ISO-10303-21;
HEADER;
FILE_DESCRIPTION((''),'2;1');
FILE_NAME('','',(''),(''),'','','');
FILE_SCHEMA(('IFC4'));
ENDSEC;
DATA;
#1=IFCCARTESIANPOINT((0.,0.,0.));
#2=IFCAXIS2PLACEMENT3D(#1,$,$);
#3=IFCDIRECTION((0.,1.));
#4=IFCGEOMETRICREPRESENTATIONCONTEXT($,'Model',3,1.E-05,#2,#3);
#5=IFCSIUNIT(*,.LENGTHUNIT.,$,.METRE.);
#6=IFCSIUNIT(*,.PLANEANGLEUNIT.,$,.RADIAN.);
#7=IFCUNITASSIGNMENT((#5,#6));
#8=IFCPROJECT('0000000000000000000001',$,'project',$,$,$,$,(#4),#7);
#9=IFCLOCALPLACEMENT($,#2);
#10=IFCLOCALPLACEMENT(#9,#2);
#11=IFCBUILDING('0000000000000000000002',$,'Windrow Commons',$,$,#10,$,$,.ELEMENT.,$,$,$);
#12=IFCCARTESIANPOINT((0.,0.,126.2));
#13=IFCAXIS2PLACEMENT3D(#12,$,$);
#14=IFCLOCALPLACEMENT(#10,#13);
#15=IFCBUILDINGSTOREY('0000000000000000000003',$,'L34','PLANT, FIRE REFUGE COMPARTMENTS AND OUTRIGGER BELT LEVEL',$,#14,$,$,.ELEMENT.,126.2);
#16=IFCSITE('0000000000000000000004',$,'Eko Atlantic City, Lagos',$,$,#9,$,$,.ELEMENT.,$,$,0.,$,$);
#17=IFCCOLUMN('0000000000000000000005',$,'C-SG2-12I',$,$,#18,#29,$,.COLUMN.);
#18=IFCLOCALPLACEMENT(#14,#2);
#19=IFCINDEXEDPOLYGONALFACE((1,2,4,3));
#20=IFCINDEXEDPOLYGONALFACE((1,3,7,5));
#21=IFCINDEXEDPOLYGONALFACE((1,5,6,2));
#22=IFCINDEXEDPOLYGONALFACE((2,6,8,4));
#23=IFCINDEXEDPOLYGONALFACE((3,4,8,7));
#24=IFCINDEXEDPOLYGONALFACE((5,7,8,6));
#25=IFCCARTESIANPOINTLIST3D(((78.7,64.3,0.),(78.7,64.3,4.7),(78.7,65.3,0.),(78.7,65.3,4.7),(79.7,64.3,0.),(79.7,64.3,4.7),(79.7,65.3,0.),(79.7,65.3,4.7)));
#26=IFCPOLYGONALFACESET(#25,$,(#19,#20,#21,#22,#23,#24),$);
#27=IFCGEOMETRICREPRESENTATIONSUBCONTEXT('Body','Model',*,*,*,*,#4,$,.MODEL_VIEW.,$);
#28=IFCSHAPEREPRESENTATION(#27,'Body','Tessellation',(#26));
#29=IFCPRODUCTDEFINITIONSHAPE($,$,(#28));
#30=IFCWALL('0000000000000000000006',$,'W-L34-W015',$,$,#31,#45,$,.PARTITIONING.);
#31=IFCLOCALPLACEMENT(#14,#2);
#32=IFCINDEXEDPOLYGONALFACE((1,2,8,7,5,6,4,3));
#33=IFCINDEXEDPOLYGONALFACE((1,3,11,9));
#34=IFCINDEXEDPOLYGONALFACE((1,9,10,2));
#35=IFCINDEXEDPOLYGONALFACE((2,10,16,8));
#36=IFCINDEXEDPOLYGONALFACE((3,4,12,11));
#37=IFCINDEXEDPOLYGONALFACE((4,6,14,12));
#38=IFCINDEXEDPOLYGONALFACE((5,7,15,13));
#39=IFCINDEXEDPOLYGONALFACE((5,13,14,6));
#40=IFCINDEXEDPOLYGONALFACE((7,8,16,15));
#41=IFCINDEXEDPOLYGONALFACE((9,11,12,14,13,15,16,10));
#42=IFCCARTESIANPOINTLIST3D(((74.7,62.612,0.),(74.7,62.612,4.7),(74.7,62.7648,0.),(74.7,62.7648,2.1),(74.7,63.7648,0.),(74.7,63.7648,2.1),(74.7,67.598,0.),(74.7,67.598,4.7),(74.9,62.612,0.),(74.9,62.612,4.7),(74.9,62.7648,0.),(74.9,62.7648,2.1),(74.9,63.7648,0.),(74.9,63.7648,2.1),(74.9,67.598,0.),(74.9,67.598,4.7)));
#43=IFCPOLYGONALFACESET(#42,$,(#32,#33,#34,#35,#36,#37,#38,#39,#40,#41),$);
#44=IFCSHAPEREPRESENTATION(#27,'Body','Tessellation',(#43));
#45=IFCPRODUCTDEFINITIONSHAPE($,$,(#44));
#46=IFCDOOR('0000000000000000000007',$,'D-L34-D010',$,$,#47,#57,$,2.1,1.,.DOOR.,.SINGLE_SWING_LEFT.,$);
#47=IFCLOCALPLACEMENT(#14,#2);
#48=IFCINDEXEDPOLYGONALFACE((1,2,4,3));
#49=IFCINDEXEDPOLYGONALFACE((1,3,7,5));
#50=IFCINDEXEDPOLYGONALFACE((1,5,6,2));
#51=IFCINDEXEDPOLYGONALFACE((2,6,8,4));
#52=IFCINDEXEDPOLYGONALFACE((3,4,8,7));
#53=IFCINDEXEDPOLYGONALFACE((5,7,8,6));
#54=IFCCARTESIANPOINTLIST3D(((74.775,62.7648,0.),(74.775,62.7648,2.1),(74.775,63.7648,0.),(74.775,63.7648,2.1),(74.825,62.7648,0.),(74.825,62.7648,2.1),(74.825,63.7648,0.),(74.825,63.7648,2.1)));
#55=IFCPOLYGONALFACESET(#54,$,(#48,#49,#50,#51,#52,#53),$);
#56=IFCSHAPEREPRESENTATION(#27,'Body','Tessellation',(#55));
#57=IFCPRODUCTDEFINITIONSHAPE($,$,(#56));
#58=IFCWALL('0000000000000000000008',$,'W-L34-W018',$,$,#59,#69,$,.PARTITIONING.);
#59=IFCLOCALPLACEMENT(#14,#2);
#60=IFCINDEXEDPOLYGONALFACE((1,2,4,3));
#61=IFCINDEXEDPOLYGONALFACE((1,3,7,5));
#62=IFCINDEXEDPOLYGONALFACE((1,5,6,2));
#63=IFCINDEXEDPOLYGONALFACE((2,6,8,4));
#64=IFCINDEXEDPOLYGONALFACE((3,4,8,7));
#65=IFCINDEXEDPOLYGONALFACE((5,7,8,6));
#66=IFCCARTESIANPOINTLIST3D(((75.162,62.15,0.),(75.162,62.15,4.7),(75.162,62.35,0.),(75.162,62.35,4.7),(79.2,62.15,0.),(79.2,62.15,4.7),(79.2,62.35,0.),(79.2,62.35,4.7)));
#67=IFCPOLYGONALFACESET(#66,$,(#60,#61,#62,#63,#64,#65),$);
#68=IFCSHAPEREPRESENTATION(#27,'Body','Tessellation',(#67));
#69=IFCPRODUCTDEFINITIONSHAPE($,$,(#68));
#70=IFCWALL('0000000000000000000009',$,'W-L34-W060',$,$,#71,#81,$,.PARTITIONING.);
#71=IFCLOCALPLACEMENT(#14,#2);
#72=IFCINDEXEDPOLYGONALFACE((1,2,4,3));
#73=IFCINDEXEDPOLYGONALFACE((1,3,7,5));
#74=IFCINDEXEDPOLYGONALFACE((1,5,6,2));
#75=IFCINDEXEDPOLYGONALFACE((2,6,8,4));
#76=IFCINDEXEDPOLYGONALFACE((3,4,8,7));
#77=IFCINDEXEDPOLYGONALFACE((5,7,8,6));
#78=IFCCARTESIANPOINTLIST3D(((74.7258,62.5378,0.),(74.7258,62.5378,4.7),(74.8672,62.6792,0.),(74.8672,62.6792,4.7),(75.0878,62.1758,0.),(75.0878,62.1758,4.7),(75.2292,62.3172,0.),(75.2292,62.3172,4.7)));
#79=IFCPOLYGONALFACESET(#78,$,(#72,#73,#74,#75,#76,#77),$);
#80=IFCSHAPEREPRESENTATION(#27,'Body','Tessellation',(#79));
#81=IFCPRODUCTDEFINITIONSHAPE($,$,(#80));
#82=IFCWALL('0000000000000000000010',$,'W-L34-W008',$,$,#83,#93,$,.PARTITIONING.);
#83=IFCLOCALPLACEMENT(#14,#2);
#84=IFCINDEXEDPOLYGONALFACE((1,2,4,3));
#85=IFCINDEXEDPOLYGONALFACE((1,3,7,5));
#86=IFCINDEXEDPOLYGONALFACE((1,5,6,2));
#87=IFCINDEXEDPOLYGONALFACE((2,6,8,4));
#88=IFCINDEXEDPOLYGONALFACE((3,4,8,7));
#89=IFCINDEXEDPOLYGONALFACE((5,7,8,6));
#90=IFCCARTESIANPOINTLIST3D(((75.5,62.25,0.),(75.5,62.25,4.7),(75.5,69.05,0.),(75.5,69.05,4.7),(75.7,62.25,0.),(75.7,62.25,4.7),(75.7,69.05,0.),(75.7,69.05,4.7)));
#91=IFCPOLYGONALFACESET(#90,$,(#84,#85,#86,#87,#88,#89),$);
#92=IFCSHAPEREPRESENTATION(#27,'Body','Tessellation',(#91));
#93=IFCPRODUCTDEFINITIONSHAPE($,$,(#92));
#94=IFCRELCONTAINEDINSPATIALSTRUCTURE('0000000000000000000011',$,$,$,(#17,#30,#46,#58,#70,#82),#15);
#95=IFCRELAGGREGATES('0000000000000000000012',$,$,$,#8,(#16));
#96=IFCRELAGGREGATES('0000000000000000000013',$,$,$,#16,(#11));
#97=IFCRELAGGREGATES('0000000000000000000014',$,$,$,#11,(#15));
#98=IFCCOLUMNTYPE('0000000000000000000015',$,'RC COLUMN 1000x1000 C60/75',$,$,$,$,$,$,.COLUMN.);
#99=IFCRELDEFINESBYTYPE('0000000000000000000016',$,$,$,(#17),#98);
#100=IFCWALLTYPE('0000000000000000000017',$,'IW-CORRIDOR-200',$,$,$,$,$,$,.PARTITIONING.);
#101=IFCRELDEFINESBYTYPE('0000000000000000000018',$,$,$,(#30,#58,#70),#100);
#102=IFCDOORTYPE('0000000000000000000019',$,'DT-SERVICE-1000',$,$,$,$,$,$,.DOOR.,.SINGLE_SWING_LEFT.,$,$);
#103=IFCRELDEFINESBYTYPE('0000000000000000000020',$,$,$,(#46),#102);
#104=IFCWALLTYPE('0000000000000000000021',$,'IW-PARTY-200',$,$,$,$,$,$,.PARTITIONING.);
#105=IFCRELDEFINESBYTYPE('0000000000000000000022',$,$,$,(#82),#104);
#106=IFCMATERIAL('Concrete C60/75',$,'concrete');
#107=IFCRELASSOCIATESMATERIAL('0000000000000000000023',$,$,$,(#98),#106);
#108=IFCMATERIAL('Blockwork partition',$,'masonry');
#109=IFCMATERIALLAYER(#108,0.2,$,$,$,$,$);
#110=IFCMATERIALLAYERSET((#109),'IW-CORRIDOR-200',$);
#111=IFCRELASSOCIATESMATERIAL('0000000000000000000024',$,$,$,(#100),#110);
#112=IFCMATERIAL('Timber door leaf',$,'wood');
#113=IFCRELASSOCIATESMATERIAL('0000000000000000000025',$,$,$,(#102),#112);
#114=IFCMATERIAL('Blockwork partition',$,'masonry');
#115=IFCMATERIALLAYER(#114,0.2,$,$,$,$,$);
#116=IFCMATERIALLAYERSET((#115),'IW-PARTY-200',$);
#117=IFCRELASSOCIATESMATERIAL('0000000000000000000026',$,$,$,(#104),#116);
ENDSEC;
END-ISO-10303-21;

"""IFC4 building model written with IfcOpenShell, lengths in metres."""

from ifc_helpers import new_model, si_unit, direction, frame, frame_2d, origin, origin_2d, place, context, subcontext, project, spatial, rectangle, extrude, material, layer, layer_set, material_profile, profile_set, type_object, element, fill, save


model = new_model("IFC4")

# Units and contexts
model_context = context("Model", 3, precision=1e-05, world=origin(), true_north=direction((0.0, 1.0)))
body_context = subcontext(model_context, "Body", "Model", "MODEL_VIEW")
ifc_project = project(units=[si_unit("LENGTHUNIT", "METRE"), si_unit("PLANEANGLEUNIT", "RADIAN")], contexts=[model_context])

# Site, building, storey
site_placement = place(None, origin())
site = spatial("IfcSite", under=ifc_project, at=site_placement, Name="Eko Atlantic City, Lagos", CompositionType="ELEMENT", RefElevation=0.0)
building_placement = place(site_placement, origin())
building = spatial("IfcBuilding", under=site, at=building_placement, Name="Windrow Commons", CompositionType="ELEMENT")
storey_placement = place(building_placement, frame((0.0, 0.0, 126.2)))
storey = spatial("IfcBuildingStorey", under=building, at=storey_placement, Name="L34", Description="PLANT, FIRE REFUGE COMPARTMENTS AND OUTRIGGER BELT LEVEL", CompositionType="ELEMENT", Elevation=126.2)

# Column
ifc_material_1 = material(Name="Concrete C60/75", Category="concrete")
ifc_material_profile = material_profile(ifc_material_1, rectangle(XDim=1.0, YDim=1.0, at=origin_2d()))
ifc_profile_set = profile_set([ifc_material_profile], Name="Concrete C60/75")
column_type = type_object("IfcColumnType", Name="RC COLUMN 1000x1000 C60/75", PredefinedType="COLUMN", material=ifc_profile_set)
column_placement = place(storey_placement, frame((79.2, 64.8, 0.0), z_axis=(0.0, 0.0, 1.0), x_axis=(1.0, 0.0, 0.0)))
element("IfcColumn", 1, at=column_placement, inside=storey, type_object=column_type, Name="C-SG2-12I", PredefinedType="COLUMN", context=body_context, shape_type="SweptSolid", body=[
    extrude(rectangle(XDim=1.0, YDim=1.0, at=origin_2d()), origin(), (0.0, 0.0, 1.0), 4.7),
])

# Wall, opening, door
ifc_material_2 = material(Name="Blockwork partition", Category="masonry")
ifc_layer_1 = layer(ifc_material_2, 0.2)
ifc_layer_set_1 = layer_set([ifc_layer_1], Name="IW-CORRIDOR-200")
wall_type_1 = type_object("IfcWallType", Name="IW-CORRIDOR-200", PredefinedType="PARTITIONING", material=ifc_layer_set_1)
wall_1_placement = place(storey_placement, frame((74.8, 62.612, 0.0), z_axis=(0.0, 0.0, 1.0), x_axis=(0.0, 1.0, 0.0)))
wall_1 = element("IfcWall", 2, at=wall_1_placement, inside=storey, type_object=wall_type_1, Name="W-L34-W015", PredefinedType="PARTITIONING", context=body_context, shape_type="SweptSolid", body=[
    extrude(rectangle(XDim=4.986, YDim=0.2, at=frame_2d((2.493, 0.0))), origin(), (0.0, 0.0, 1.0), 4.7),
])
opening_1_placement = place(wall_1_placement, frame((0.1528, 0.0, 0.0)))
opening_1 = element("IfcOpeningElement", 3, at=opening_1_placement, cuts=wall_1, PredefinedType="OPENING", context=body_context, shape_type="SweptSolid", body=[
    extrude(rectangle(XDim=1.0, YDim=2.1, at=frame_2d((0.5, 1.05))), frame((0.0, 0.11, 0.0), z_axis=(0.0, -1.0, 0.0), x_axis=(1.0, 0.0, 0.0)), (0.0, 0.0, 1.0), 0.22),
])
ifc_material_3 = material(Name="Timber door leaf", Category="wood")
door_type = type_object("IfcDoorType", Name="DT-SERVICE-1000", OperationType="SINGLE_SWING_LEFT", PredefinedType="DOOR", material=ifc_material_3)
door_placement = place(opening_1_placement, origin())
door = element("IfcDoor", 4, at=door_placement, inside=storey, type_object=door_type, Name="D-L34-D010", OperationType="SINGLE_SWING_LEFT", OverallHeight=2.1, OverallWidth=1.0, PredefinedType="DOOR", context=body_context, shape_type="SweptSolid", body=[
    extrude(rectangle(XDim=1.0, YDim=2.1, at=frame_2d((0.5, 1.05))), frame((0.0, 0.025, 0.0), z_axis=(0.0, -1.0, 0.0), x_axis=(1.0, 0.0, 0.0)), (0.0, 0.0, 1.0), 0.05),
])
fill(opening_1, door)

# Walls
wall_2_placement = place(storey_placement, frame((75.162, 62.25, 0.0), z_axis=(0.0, 0.0, 1.0), x_axis=(1.0, 0.0, 0.0)))
element("IfcWall", 5, at=wall_2_placement, inside=storey, type_object=wall_type_1, Name="W-L34-W018", PredefinedType="PARTITIONING", context=body_context, shape_type="SweptSolid", body=[
    extrude(rectangle(XDim=4.038, YDim=0.2, at=frame_2d((2.019, 0.0))), origin(), (0.0, 0.0, 1.0), 4.7),
])
wall_3_placement = place(storey_placement, frame((74.7965, 62.6085, 0.0), z_axis=(0.0, 0.0, 1.0), x_axis=(0.707107, -0.707107, 0.0)))
element("IfcWall", 6, at=wall_3_placement, inside=storey, type_object=wall_type_1, Name="W-L34-W060", PredefinedType="PARTITIONING", context=body_context, shape_type="SweptSolid", body=[
    extrude(rectangle(XDim=0.5119, YDim=0.2, at=frame_2d((0.256, 0.0))), origin(), (0.0, 0.0, 1.0), 4.7),
])
ifc_material_4 = material(Name="Blockwork partition", Category="masonry")
ifc_layer_2 = layer(ifc_material_4, 0.2)
ifc_layer_set_2 = layer_set([ifc_layer_2], Name="IW-PARTY-200")
wall_type_2 = type_object("IfcWallType", Name="IW-PARTY-200", PredefinedType="PARTITIONING", material=ifc_layer_set_2)
wall_4_placement = place(storey_placement, frame((75.6, 62.25, 0.0), z_axis=(0.0, 0.0, 1.0), x_axis=(0.0, 1.0, 0.0)))
element("IfcWall", 7, at=wall_4_placement, inside=storey, type_object=wall_type_2, Name="W-L34-W008", PredefinedType="PARTITIONING", context=body_context, shape_type="SweptSolid", body=[
    extrude(rectangle(XDim=6.8, YDim=0.2, at=frame_2d((3.4, 0.0))), origin(), (0.0, 0.0, 1.0), 4.7),
])

save(model, "model.ifc")
